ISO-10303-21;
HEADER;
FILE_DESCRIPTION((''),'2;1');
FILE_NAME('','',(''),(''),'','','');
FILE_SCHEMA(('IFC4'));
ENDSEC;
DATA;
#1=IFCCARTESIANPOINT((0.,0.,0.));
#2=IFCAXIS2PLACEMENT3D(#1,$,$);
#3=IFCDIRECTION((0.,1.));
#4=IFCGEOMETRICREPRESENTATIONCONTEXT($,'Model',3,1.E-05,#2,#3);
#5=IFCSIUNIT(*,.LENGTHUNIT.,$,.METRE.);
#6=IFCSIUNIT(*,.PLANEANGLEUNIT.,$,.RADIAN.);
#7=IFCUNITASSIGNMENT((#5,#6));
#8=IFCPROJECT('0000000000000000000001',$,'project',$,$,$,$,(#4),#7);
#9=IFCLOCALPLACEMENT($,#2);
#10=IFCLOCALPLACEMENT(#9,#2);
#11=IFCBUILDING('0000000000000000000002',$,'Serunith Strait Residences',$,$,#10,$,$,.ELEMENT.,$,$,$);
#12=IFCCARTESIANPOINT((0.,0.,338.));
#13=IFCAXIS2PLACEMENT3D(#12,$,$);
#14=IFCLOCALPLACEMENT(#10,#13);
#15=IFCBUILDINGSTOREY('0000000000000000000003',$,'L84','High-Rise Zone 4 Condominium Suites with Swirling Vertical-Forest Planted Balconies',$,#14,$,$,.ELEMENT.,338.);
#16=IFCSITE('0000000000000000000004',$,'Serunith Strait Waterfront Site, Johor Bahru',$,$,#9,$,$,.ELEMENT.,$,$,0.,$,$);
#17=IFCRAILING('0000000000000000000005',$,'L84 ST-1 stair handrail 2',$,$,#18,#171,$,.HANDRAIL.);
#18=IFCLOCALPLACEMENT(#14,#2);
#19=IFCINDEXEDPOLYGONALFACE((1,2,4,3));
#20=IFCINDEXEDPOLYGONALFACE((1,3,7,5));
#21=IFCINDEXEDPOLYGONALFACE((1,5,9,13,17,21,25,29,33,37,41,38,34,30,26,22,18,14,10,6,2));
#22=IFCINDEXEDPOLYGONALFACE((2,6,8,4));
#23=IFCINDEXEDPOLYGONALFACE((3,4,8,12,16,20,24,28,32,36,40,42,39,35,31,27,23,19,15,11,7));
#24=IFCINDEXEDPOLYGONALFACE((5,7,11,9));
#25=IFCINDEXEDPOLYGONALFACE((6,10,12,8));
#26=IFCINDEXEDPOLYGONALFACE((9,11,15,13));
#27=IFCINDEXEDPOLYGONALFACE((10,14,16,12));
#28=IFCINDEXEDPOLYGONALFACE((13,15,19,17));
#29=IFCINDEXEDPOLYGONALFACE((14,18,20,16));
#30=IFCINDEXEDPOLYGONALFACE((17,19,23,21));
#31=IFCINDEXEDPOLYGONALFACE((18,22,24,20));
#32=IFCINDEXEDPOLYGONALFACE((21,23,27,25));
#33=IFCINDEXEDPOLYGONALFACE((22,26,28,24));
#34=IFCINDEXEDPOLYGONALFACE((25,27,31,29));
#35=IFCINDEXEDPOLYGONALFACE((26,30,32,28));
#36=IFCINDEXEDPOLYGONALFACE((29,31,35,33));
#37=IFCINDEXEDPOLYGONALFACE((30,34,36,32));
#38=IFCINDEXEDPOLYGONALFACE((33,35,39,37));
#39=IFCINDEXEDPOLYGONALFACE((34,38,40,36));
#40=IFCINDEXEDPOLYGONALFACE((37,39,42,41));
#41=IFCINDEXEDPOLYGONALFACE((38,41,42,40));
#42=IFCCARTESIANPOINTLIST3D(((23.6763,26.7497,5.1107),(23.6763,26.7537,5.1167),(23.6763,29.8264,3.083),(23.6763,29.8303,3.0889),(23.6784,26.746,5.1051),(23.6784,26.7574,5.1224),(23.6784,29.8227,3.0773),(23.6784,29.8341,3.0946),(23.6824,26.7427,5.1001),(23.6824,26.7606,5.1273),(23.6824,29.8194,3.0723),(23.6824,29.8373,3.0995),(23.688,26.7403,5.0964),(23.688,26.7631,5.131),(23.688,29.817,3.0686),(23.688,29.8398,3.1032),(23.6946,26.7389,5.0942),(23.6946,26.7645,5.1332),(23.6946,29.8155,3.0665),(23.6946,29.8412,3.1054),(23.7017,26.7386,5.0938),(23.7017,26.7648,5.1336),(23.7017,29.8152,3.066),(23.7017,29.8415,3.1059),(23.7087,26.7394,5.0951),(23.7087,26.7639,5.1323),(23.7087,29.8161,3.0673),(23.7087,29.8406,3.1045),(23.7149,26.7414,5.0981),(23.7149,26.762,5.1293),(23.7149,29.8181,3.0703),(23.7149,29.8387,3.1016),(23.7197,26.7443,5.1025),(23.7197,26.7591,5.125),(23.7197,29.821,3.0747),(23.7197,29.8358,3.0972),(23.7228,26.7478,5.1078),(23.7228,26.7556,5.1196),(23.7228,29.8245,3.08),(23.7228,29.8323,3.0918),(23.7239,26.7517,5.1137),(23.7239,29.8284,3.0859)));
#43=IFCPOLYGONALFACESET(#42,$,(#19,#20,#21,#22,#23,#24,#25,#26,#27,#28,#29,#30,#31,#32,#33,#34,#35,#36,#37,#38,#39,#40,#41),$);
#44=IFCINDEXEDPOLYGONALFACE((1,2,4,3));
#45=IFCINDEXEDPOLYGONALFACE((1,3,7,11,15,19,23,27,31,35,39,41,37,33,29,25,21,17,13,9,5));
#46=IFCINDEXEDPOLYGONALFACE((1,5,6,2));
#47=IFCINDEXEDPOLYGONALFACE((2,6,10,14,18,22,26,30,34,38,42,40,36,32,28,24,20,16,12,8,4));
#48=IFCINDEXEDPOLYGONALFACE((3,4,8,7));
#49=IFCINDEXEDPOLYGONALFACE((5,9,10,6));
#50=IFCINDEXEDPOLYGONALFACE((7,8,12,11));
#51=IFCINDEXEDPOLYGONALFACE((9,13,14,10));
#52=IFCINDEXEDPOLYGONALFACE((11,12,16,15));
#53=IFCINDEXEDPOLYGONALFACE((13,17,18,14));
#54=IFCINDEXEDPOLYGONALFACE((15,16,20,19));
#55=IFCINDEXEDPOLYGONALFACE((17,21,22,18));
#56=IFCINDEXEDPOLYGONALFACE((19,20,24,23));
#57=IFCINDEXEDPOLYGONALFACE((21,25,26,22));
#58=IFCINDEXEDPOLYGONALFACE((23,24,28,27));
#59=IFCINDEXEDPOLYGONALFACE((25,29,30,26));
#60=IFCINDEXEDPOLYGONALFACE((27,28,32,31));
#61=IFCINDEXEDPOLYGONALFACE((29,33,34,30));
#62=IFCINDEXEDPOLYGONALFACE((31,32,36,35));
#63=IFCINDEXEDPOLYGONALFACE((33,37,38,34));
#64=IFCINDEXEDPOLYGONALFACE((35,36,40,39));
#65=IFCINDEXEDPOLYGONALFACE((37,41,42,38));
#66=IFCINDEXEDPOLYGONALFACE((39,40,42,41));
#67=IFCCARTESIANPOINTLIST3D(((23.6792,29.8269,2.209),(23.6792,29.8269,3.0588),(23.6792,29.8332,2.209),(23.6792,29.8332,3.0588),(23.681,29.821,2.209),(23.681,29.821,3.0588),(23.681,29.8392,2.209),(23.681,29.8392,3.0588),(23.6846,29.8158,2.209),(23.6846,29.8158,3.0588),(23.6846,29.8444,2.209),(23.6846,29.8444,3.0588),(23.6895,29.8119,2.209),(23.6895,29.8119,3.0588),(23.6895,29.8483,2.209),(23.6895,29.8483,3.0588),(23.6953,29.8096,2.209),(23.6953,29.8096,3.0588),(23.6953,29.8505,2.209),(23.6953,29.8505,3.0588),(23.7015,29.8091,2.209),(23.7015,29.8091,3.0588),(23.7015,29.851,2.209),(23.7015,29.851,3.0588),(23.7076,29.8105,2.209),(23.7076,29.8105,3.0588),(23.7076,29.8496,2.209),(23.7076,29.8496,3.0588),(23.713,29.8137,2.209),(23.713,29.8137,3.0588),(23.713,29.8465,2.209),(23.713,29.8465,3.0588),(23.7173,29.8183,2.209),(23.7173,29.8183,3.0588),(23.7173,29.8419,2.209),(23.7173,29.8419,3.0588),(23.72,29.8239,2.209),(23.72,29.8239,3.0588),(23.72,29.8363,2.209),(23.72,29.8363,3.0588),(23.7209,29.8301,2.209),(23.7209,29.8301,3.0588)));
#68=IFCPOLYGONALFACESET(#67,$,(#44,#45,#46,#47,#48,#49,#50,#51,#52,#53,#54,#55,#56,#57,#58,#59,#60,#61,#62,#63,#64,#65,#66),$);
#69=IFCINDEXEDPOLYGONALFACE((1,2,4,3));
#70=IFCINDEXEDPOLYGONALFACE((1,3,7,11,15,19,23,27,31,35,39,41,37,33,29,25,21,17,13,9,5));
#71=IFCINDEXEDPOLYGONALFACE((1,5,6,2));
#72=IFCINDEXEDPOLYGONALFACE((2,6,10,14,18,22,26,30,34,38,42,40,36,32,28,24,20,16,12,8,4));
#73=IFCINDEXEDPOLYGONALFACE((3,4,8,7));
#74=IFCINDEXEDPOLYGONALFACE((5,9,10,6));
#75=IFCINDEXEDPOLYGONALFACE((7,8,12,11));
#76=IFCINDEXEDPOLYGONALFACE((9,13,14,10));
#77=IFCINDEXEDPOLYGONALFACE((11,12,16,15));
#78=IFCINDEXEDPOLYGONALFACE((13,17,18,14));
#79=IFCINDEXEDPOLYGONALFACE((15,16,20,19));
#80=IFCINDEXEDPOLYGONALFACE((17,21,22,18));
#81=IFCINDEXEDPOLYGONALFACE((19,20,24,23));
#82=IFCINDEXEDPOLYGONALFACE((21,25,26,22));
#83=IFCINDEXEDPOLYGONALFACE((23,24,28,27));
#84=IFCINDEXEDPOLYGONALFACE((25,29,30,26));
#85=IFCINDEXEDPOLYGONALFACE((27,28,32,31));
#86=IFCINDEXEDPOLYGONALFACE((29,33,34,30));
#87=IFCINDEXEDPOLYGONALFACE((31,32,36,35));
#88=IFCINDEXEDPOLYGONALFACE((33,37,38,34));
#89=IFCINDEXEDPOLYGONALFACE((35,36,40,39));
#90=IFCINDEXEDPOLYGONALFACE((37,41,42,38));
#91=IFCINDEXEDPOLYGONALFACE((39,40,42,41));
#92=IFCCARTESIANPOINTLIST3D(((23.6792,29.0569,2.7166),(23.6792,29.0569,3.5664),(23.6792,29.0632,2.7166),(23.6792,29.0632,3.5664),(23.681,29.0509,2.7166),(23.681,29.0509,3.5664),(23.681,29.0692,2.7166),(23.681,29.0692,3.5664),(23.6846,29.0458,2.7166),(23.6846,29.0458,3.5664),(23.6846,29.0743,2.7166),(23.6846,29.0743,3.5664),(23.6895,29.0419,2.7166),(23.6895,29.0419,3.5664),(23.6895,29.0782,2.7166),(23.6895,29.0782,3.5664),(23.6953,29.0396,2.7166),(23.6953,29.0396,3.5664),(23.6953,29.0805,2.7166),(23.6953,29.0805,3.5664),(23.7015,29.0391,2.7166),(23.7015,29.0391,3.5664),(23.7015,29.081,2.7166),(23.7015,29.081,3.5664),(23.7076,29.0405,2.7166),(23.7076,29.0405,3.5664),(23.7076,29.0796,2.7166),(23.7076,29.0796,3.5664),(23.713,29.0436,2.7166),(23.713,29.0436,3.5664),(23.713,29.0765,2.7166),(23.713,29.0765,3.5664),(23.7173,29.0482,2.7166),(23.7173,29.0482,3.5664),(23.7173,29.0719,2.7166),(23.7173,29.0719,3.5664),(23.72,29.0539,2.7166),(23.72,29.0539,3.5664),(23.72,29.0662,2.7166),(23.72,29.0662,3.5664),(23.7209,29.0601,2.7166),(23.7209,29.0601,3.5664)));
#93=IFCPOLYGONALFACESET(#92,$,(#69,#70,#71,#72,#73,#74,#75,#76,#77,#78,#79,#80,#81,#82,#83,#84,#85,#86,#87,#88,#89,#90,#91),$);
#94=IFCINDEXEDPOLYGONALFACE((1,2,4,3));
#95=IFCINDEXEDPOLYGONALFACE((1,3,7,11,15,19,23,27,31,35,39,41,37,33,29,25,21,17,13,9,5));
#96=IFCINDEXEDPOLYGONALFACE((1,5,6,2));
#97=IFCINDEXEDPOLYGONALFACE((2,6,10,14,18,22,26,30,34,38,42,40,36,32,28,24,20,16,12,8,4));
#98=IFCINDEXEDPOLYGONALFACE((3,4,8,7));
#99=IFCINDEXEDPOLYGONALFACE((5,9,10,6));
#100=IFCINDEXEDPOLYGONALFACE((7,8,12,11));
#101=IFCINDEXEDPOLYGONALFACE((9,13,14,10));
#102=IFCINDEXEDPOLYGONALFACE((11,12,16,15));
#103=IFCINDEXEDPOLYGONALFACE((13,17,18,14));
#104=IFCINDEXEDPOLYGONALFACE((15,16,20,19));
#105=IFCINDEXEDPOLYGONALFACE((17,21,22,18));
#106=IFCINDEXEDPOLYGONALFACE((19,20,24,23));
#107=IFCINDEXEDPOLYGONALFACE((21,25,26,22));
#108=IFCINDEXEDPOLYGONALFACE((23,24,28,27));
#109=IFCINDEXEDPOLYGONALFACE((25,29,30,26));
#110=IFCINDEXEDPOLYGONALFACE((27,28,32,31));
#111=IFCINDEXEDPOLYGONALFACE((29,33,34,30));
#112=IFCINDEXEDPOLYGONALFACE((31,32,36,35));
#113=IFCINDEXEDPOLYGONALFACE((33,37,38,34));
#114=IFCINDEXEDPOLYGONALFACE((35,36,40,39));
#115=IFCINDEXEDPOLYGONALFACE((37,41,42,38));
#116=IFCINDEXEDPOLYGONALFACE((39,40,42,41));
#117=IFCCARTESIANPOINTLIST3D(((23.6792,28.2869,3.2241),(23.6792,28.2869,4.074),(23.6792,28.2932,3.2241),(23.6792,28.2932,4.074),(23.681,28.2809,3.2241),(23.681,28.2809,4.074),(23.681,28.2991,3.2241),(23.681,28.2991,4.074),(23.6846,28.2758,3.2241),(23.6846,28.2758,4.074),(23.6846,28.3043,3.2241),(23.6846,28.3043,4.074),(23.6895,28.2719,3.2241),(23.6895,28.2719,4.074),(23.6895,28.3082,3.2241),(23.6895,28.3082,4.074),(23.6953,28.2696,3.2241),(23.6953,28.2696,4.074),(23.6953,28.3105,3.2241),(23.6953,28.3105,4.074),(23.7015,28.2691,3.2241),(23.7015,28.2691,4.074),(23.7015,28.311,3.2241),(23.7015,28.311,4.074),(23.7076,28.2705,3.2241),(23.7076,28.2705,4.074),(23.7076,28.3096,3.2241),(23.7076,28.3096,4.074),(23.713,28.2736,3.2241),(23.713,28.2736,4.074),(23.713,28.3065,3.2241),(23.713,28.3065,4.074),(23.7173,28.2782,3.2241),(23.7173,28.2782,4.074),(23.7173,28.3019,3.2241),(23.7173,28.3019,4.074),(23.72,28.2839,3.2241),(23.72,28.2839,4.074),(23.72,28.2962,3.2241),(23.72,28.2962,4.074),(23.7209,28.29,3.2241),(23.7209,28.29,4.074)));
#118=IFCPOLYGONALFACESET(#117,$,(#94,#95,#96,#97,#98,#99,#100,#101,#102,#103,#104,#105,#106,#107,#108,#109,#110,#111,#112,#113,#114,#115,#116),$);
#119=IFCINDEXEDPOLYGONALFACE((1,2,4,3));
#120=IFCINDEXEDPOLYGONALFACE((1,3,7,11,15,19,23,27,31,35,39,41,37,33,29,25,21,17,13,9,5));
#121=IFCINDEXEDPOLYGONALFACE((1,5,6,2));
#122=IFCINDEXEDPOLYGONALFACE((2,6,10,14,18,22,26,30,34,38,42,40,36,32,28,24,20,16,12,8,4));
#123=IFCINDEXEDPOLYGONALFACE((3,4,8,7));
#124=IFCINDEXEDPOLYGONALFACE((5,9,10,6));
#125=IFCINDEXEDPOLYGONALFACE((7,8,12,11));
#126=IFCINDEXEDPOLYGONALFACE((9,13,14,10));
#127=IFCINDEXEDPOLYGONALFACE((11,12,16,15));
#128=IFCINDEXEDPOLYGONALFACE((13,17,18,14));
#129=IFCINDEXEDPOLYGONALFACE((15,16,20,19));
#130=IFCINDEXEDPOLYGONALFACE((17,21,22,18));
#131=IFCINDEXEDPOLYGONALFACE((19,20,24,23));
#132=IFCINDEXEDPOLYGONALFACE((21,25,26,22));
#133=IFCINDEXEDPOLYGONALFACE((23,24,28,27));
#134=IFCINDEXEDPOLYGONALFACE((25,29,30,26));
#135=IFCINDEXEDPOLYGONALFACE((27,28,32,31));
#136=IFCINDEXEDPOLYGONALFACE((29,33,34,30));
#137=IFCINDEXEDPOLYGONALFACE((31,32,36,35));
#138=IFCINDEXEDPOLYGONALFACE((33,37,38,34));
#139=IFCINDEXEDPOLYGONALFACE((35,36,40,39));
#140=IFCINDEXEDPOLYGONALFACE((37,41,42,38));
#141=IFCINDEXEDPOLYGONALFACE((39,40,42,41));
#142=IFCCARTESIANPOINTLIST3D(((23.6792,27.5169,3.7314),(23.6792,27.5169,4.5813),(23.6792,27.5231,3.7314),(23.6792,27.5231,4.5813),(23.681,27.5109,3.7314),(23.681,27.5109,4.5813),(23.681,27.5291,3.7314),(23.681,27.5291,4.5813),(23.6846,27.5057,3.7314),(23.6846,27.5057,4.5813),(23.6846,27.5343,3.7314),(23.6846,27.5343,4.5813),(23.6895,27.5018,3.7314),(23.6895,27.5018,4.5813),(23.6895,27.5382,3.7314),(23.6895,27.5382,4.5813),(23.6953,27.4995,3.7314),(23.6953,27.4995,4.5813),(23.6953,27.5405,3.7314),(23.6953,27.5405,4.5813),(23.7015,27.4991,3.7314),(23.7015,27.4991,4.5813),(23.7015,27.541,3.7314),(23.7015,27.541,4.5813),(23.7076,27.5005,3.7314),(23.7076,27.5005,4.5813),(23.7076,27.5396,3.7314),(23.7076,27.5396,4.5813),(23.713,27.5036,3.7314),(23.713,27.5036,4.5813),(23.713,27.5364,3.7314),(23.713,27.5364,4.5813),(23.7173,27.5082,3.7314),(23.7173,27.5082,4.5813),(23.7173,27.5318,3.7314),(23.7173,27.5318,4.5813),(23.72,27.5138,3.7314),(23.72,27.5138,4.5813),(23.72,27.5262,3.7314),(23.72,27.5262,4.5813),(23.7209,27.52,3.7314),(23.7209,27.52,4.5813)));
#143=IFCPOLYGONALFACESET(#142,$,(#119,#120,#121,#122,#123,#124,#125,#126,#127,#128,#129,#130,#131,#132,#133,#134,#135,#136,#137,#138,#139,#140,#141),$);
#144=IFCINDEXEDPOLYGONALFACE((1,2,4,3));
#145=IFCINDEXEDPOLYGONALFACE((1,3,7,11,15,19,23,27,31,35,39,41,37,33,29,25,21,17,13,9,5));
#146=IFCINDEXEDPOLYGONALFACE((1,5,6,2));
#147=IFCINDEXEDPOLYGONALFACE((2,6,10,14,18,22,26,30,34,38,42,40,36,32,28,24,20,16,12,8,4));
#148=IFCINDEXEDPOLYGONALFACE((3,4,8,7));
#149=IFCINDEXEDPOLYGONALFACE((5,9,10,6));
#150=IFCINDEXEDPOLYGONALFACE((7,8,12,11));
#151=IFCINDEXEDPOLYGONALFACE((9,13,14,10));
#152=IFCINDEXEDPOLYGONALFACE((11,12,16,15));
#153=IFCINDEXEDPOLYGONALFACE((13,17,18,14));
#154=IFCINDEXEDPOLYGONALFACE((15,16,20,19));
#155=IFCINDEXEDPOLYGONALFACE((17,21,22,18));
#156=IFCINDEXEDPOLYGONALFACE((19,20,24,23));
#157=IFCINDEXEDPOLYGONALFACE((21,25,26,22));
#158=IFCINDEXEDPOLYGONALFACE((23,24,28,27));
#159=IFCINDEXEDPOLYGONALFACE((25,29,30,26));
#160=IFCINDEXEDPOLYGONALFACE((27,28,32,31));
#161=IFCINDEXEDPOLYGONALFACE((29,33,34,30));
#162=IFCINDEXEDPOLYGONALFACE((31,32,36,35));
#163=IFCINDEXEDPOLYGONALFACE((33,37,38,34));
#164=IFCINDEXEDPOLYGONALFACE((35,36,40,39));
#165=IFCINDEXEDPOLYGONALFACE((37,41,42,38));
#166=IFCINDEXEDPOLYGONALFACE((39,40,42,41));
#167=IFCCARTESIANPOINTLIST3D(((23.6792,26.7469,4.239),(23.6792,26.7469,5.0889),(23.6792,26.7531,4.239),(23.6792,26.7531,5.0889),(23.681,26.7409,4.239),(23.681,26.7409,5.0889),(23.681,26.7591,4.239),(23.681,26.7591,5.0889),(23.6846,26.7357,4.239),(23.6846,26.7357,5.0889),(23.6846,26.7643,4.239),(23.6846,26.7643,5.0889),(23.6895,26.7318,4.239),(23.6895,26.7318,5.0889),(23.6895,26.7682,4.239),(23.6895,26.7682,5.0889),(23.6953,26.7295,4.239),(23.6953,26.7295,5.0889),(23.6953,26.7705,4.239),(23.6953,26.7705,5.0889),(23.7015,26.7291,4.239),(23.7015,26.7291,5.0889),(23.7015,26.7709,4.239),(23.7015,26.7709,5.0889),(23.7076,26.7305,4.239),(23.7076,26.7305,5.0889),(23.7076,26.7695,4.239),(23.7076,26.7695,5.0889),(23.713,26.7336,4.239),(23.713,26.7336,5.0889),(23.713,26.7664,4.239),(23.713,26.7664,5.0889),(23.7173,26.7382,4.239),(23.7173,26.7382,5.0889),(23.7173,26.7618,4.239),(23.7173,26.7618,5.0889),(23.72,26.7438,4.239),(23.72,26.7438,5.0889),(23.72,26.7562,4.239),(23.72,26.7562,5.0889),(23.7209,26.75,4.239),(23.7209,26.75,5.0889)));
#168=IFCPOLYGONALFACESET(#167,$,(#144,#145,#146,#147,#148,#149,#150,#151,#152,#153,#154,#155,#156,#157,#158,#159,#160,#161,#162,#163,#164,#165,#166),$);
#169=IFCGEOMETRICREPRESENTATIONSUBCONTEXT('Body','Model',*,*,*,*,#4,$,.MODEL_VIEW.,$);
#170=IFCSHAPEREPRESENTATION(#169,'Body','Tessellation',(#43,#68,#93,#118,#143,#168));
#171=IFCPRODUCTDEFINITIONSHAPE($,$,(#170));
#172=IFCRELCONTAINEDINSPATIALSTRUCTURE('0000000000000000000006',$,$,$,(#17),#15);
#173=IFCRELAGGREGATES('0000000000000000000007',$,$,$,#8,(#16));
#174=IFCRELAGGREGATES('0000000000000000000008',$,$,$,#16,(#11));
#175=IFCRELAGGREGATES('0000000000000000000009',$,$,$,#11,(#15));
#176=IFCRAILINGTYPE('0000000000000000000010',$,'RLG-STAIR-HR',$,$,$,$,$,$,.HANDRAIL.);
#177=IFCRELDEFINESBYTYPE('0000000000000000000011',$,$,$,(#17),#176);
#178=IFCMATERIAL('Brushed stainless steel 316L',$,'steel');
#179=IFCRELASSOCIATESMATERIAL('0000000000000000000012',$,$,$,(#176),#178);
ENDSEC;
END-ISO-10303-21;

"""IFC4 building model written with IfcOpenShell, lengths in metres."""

from ifc_helpers import new_model, si_unit, direction, frame, origin, origin_2d, place, context, subcontext, project, spatial, circle, extrude, material, type_object, element, save


model = new_model("IFC4")

# Units and contexts
model_context = context("Model", 3, precision=1e-05, world=origin(), true_north=direction((0.0, 1.0)))
body_context = subcontext(model_context, "Body", "Model", "MODEL_VIEW")
ifc_project = project(units=[si_unit("LENGTHUNIT", "METRE"), si_unit("PLANEANGLEUNIT", "RADIAN")], contexts=[model_context])

# Site, building, storey
site_placement = place(None, origin())
site = spatial("IfcSite", under=ifc_project, at=site_placement, Name="Serunith Strait Waterfront Site, Johor Bahru", CompositionType="ELEMENT", RefElevation=0.0)
building_placement = place(site_placement, origin())
building = spatial("IfcBuilding", under=site, at=building_placement, Name="Serunith Strait Residences", CompositionType="ELEMENT")
storey_placement = place(building_placement, frame((0.0, 0.0, 338.0)))
storey = spatial("IfcBuildingStorey", under=building, at=storey_placement, Name="L84", Description="High-Rise Zone 4 Condominium Suites with Swirling Vertical-Forest Planted Balconies", CompositionType="ELEMENT", Elevation=338.0)

# Railing
ifc_material_1 = material(Name="Brushed stainless steel 316L", Category="steel")
railing_type_1 = type_object("IfcRailingType", Name="RLG-STAIR-HR", PredefinedType="HANDRAIL", material=ifc_material_1)
railing_1_placement = place(storey_placement, frame((23.7, 29.8301, 2.209)))
element("IfcRailing", 1, at=railing_1_placement, inside=storey, type_object=railing_type_1, Name="L84 ST-1 stair handrail 2", PredefinedType="HANDRAIL", context=body_context, shape_type="SweptSolid", body=[
    extrude(circle(Radius=0.0239, at=origin_2d()), frame((0.0, -0.0017, 0.877), z_axis=(0.0, -0.834961, 0.550309), x_axis=(1.0, 0.0, 0.0)), (0.0, 0.0, 1.0), 3.6848),
    extrude(circle(Radius=0.021, at=origin_2d()), origin(), (0.0, 0.0, 1.0), 0.8499),
    extrude(circle(Radius=0.021, at=origin_2d()), frame((0.0, -0.77, 0.5076)), (0.0, 0.0, 1.0), 0.8499),
    extrude(circle(Radius=0.021, at=origin_2d()), frame((0.0, -1.54, 1.0151)), (0.0, 0.0, 1.0), 0.8499),
    extrude(circle(Radius=0.021, at=origin_2d()), frame((0.0, -2.3101, 1.5225)), (0.0, 0.0, 1.0), 0.8499),
    extrude(circle(Radius=0.021, at=origin_2d()), frame((0.0, -3.0801, 2.03)), (0.0, 0.0, 1.0), 0.8499),
])

save(model, "model.ifc")
